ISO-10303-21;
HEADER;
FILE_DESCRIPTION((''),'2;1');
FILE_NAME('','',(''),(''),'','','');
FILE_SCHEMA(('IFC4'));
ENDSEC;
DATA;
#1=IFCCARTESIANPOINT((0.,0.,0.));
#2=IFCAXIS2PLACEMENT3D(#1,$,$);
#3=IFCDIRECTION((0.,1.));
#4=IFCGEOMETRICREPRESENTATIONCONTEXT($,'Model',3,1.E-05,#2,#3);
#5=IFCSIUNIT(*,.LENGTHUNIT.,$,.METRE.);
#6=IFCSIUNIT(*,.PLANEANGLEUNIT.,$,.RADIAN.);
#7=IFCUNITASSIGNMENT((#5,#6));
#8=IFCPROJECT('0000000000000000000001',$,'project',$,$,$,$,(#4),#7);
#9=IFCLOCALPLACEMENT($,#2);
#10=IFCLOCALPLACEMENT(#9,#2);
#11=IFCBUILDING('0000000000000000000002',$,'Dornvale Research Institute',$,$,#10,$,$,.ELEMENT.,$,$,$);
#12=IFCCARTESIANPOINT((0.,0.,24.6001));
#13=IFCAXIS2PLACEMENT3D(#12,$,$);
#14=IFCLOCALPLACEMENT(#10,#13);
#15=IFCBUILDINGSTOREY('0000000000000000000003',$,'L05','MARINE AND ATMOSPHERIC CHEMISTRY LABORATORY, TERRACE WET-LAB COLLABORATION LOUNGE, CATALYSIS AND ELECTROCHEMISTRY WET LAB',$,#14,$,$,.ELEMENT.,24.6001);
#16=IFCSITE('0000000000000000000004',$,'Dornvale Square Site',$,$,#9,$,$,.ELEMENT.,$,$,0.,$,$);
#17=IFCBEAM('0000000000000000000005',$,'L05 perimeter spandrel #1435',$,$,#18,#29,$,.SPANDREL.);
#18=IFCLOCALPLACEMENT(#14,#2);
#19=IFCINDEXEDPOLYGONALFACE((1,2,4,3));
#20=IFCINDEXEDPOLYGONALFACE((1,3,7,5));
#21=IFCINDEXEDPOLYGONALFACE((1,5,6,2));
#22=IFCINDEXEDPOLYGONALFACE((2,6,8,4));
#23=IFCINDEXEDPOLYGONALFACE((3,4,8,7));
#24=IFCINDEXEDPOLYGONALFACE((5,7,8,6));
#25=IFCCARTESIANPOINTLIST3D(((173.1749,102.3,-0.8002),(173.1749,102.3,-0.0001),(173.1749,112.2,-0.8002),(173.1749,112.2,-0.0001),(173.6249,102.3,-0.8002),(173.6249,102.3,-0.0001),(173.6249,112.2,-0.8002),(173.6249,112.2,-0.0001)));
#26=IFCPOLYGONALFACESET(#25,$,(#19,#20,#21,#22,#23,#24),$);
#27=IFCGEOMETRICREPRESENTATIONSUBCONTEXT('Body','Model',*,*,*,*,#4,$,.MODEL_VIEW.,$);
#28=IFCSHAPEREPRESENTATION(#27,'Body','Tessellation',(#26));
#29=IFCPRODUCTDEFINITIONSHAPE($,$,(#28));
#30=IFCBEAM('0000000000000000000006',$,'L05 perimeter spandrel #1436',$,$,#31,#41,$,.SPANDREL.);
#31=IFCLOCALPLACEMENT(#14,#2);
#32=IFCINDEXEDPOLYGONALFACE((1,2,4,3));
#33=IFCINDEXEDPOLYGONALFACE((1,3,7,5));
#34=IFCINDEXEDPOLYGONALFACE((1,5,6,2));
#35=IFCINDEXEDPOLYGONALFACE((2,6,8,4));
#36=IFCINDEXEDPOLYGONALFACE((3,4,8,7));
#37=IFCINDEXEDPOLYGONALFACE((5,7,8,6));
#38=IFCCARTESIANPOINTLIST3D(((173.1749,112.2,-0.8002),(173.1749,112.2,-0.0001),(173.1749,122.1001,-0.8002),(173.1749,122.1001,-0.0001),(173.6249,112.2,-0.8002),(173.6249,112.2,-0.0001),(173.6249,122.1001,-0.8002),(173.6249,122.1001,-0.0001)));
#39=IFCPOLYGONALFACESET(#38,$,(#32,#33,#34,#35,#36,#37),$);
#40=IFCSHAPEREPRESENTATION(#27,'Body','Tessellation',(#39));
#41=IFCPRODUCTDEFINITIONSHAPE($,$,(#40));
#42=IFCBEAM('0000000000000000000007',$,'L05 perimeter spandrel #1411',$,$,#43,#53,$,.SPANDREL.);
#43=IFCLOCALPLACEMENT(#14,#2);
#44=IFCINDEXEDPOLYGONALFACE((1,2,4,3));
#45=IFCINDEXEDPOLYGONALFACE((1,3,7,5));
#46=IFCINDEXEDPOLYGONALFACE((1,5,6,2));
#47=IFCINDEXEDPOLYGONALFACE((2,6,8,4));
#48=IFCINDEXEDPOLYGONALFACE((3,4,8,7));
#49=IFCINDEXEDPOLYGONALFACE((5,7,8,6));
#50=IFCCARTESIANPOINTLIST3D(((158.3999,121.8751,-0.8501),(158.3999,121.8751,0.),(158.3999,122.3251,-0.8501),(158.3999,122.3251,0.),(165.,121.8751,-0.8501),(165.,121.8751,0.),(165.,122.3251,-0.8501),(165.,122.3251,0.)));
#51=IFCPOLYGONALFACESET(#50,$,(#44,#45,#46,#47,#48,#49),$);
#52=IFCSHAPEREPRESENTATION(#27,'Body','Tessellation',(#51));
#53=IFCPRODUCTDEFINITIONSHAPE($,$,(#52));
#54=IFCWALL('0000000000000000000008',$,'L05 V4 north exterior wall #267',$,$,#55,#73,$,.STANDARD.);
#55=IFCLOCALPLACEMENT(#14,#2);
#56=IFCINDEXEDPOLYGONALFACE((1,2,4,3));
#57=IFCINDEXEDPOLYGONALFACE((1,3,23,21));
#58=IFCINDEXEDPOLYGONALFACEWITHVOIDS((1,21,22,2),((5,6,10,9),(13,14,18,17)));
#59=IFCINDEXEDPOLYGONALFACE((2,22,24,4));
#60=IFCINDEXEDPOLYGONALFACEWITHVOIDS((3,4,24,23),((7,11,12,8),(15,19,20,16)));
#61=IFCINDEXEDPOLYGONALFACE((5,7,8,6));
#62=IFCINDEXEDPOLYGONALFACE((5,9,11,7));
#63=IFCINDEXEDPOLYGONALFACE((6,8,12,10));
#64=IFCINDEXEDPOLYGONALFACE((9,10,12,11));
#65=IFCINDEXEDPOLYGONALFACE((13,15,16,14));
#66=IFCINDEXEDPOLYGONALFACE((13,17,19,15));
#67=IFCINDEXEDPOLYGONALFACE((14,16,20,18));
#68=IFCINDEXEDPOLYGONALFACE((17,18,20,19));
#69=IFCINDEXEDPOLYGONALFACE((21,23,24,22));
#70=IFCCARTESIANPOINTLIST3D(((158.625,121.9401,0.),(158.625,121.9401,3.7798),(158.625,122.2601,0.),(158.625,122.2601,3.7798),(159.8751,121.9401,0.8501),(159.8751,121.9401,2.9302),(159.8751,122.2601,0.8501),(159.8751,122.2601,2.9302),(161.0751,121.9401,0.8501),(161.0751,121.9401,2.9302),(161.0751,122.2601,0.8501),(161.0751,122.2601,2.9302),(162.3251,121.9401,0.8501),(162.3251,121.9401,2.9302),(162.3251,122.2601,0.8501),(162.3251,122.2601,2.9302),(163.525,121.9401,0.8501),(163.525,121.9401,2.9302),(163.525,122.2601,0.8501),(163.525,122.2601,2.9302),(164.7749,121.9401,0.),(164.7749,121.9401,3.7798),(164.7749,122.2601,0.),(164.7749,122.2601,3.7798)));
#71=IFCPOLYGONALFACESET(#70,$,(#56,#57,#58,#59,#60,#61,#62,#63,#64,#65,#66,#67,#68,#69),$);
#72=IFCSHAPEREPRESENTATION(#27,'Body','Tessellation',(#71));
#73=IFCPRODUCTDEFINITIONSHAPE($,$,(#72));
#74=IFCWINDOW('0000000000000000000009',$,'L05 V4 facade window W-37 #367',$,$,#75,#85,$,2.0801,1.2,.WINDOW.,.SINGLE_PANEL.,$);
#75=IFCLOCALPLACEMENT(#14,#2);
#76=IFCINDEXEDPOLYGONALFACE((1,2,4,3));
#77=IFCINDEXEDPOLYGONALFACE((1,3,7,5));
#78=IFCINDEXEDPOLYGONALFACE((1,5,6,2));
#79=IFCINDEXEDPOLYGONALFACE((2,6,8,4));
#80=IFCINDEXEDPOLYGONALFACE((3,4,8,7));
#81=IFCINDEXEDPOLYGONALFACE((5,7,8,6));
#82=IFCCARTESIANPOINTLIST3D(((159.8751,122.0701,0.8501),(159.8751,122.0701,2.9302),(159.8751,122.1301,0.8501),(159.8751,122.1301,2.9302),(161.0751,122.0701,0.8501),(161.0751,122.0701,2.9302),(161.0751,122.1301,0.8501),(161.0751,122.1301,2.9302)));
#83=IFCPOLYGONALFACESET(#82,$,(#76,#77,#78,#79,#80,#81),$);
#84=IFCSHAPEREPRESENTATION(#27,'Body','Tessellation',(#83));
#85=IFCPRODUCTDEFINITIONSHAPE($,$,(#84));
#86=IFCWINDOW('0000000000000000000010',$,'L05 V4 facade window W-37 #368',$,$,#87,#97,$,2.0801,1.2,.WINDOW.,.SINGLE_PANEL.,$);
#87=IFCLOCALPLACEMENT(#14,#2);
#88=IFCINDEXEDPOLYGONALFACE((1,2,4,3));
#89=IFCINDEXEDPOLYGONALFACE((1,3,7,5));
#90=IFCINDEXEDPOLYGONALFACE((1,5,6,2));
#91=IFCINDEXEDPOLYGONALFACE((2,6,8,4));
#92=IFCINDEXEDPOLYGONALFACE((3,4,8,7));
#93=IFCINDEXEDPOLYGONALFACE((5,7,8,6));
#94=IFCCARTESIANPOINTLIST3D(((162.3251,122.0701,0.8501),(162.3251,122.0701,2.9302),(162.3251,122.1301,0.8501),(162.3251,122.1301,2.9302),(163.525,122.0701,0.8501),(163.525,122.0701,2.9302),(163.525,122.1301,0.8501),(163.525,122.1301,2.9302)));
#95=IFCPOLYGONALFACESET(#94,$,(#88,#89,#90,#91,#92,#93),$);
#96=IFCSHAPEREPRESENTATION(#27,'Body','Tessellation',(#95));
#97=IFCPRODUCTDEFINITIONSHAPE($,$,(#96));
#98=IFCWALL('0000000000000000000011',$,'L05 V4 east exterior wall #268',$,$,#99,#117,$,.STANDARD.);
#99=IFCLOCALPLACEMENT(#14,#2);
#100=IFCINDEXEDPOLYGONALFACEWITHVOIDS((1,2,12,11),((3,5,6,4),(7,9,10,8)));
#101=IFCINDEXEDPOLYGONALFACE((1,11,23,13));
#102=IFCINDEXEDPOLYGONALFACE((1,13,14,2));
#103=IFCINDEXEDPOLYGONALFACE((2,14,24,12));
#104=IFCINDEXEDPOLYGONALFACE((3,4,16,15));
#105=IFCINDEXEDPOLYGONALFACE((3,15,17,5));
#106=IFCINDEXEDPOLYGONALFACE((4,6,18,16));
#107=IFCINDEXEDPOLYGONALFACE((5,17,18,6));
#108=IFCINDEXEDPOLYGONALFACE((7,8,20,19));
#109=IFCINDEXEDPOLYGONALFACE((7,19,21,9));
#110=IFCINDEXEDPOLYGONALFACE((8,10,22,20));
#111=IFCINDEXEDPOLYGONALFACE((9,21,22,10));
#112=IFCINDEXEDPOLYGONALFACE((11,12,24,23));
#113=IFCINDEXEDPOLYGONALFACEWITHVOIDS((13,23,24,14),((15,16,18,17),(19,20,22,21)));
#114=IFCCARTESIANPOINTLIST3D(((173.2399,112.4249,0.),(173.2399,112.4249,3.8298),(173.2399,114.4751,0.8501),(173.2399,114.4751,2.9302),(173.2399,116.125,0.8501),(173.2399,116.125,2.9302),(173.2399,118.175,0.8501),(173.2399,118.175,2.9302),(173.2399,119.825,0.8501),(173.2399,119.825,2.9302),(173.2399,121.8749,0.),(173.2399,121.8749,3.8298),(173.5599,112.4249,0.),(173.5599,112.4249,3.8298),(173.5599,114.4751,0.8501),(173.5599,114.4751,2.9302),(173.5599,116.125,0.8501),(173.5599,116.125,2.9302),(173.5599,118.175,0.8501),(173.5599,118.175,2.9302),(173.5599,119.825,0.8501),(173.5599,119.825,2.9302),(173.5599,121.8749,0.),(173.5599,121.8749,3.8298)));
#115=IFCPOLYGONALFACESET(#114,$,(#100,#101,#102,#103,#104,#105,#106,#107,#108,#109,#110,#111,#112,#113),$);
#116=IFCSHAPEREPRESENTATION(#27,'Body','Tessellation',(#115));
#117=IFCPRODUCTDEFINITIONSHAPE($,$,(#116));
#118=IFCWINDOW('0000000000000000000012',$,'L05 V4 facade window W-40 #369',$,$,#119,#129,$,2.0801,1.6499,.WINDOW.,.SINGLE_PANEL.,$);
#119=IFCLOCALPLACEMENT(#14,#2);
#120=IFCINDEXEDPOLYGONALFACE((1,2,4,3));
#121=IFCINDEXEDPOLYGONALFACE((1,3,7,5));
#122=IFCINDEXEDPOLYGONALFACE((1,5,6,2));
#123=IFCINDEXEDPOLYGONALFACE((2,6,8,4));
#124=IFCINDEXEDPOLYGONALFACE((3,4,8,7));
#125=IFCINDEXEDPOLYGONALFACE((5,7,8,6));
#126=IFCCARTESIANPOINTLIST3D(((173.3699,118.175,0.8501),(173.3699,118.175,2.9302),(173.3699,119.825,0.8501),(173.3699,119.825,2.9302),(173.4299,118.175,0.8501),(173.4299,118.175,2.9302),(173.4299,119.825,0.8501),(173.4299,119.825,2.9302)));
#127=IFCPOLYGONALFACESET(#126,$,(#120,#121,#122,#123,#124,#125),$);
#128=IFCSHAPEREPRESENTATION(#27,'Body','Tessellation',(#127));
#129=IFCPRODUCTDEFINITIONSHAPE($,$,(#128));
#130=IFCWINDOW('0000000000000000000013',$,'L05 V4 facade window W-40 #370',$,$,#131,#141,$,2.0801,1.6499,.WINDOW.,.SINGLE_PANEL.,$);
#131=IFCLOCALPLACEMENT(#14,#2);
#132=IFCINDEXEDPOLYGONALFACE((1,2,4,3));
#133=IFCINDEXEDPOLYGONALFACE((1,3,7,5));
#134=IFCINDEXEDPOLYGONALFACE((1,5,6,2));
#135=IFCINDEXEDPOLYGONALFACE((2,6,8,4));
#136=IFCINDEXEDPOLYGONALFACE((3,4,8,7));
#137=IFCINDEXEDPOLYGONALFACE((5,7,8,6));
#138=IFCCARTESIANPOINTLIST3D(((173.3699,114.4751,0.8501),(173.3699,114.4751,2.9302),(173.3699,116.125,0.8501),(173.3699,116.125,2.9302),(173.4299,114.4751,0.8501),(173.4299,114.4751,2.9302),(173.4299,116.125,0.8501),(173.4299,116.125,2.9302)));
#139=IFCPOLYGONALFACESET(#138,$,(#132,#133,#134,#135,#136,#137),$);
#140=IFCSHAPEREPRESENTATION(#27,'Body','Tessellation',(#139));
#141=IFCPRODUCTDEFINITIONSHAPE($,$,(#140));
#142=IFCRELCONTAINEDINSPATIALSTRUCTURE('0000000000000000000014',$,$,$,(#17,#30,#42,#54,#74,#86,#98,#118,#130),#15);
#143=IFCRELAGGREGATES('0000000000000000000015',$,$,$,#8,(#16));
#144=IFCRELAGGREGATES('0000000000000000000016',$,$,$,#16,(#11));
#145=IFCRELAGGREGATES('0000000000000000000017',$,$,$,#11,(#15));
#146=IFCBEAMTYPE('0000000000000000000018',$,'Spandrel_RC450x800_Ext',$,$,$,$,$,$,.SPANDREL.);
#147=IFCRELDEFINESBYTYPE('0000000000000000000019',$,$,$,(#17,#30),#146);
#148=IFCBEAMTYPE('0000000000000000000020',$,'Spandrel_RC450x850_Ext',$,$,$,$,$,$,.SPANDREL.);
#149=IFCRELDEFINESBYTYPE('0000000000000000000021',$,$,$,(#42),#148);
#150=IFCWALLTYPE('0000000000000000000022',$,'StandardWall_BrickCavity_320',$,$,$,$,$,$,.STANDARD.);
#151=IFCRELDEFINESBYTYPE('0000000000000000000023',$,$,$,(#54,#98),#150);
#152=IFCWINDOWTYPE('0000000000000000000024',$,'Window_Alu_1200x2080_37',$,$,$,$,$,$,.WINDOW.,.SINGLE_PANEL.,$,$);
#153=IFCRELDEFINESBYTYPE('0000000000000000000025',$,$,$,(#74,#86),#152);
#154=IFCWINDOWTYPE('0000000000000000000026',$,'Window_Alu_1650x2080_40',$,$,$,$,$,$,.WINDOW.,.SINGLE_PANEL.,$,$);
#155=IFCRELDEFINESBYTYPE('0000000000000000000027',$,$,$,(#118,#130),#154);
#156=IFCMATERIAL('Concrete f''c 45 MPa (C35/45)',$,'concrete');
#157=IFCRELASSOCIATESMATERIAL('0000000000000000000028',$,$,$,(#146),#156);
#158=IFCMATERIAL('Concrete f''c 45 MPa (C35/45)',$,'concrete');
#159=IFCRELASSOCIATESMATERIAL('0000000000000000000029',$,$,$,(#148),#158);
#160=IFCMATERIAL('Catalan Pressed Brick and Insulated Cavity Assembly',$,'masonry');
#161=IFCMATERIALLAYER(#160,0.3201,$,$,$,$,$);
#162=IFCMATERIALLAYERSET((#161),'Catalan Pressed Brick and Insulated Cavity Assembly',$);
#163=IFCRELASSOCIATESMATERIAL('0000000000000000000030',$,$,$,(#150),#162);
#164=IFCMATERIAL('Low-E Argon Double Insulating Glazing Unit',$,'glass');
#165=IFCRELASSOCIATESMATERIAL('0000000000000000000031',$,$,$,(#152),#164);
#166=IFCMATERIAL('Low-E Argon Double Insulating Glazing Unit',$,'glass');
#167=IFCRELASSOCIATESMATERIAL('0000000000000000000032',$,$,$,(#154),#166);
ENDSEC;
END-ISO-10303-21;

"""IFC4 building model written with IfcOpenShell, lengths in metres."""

from ifc_helpers import new_model, si_unit, direction, frame, frame_2d, origin, origin_2d, place, context, subcontext, project, spatial, rectangle, extrude, material, layer, layer_set, material_profile, profile_set, type_object, element, fill, save


model = new_model("IFC4")

# Units and contexts
model_context = context("Model", 3, precision=1e-05, world=origin(), true_north=direction((0.0, 1.0)))
body_context = subcontext(model_context, "Body", "Model", "MODEL_VIEW")
ifc_project = project(units=[si_unit("LENGTHUNIT", "METRE"), si_unit("PLANEANGLEUNIT", "RADIAN")], contexts=[model_context])

# Site, building, storey
site_placement = place(None, origin())
site = spatial("IfcSite", under=ifc_project, at=site_placement, Name="Dornvale Square Site", CompositionType="ELEMENT", RefElevation=0.0)
building_placement = place(site_placement, origin())
building = spatial("IfcBuilding", under=site, at=building_placement, Name="Dornvale Research Institute", CompositionType="ELEMENT")
storey_placement = place(building_placement, frame((0.0, 0.0, 24.6001)))
storey = spatial("IfcBuildingStorey", under=building, at=storey_placement, Name="L05", Description="MARINE AND ATMOSPHERIC CHEMISTRY LABORATORY, TERRACE WET-LAB COLLABORATION LOUNGE, CATALYSIS AND ELECTROCHEMISTRY WET LAB", CompositionType="ELEMENT", Elevation=24.6001)

# Beams
ifc_material_1 = material(Name="Concrete f'c 45 MPa (C35/45)", Category="concrete")
ifc_material_profile_1 = material_profile(ifc_material_1, rectangle(XDim=0.45, YDim=0.8, at=origin_2d()), Name="RC 450x800")
ifc_profile_set_1 = profile_set([ifc_material_profile_1], Name="Concrete f'c 45 MPa (C35/45)")
beam_type_1 = type_object("IfcBeamType", Name="Spandrel_RC450x800_Ext", PredefinedType="SPANDREL", material=ifc_profile_set_1)
beam_1_placement = place(storey_placement, frame((173.3999, 102.3, -0.4001), z_axis=(0.0, 1.0, 0.0), x_axis=(-1.0, 0.0, 0.0)))
element("IfcBeam", 1, at=beam_1_placement, inside=storey, type_object=beam_type_1, Name="L05 perimeter spandrel #1435", PredefinedType="SPANDREL", context=body_context, shape_type="SweptSolid", body=[
    extrude(rectangle(XDim=0.45, YDim=0.8, at=origin_2d()), origin(), (0.0, 0.0, 1.0), 9.8999),
])
beam_2_placement = place(storey_placement, frame((173.3999, 112.2, -0.4001), z_axis=(0.0, 1.0, 0.0), x_axis=(-1.0, 0.0, 0.0)))
element("IfcBeam", 2, at=beam_2_placement, inside=storey, type_object=beam_type_1, Name="L05 perimeter spandrel #1436", PredefinedType="SPANDREL", context=body_context, shape_type="SweptSolid", body=[
    extrude(rectangle(XDim=0.45, YDim=0.8, at=origin_2d()), origin(), (0.0, 0.0, 1.0), 9.9001),
])
ifc_material_2 = material(Name="Concrete f'c 45 MPa (C35/45)", Category="concrete")
ifc_material_profile_2 = material_profile(ifc_material_2, rectangle(XDim=0.45, YDim=0.8501, at=origin_2d()), Name="RC 450x850")
ifc_profile_set_2 = profile_set([ifc_material_profile_2], Name="Concrete f'c 45 MPa (C35/45)")
beam_type_2 = type_object("IfcBeamType", Name="Spandrel_RC450x850_Ext", PredefinedType="SPANDREL", material=ifc_profile_set_2)
beam_3_placement = place(storey_placement, frame((158.3999, 122.1001, -0.425), z_axis=(1.0, 0.0, 0.0), x_axis=(0.0, 1.0, 0.0)))
element("IfcBeam", 3, at=beam_3_placement, inside=storey, type_object=beam_type_2, Name="L05 perimeter spandrel #1411", PredefinedType="SPANDREL", context=body_context, shape_type="SweptSolid", body=[
    extrude(rectangle(XDim=0.45, YDim=0.8501, at=origin_2d()), origin(), (0.0, 0.0, 1.0), 6.6001),
])

# Walls, openings, windows
ifc_material_3 = material(Name="Catalan Pressed Brick and Insulated Cavity Assembly", Category="masonry")
ifc_layer_1 = layer(ifc_material_3, 0.3201)
ifc_layer_set_1 = layer_set([ifc_layer_1], Name="Catalan Pressed Brick and Insulated Cavity Assembly")
wall_type = type_object("IfcWallType", Name="StandardWall_BrickCavity_320", PredefinedType="STANDARD", material=ifc_layer_set_1)
wall_1_placement = place(storey_placement, frame((158.625, 122.1001, 0.0), z_axis=(0.0, 0.0, 1.0), x_axis=(1.0, 0.0, 0.0)))
wall_1 = element("IfcWall", 4, at=wall_1_placement, inside=storey, type_object=wall_type, Name="L05 V4 north exterior wall #267", PredefinedType="STANDARD", context=body_context, shape_type="SweptSolid", body=[
    extrude(rectangle(XDim=6.1499, YDim=0.3201, at=frame_2d((3.075, 0.0))), origin(), (0.0, 0.0, 1.0), 3.7798),
])
opening_1_placement = place(wall_1_placement, frame((1.25, 0.0, 0.8501)))
opening_1 = element("IfcOpeningElement", 5, at=opening_1_placement, cuts=wall_1, PredefinedType="OPENING", context=body_context, shape_type="SweptSolid", body=[
    extrude(rectangle(XDim=1.2, YDim=2.0801, at=frame_2d((0.6001, 1.04))), frame((0.0, 0.175, 0.0), z_axis=(0.0, -1.0, 0.0), x_axis=(1.0, 0.0, 0.0)), (0.0, 0.0, 1.0), 0.3501),
])
opening_2_placement = place(wall_1_placement, frame((3.7, 0.0, 0.8501)))
opening_2 = element("IfcOpeningElement", 6, at=opening_2_placement, cuts=wall_1, PredefinedType="OPENING", context=body_context, shape_type="SweptSolid", body=[
    extrude(rectangle(XDim=1.2, YDim=2.0801, at=frame_2d((0.6001, 1.04))), frame((0.0, 0.175, 0.0), z_axis=(0.0, -1.0, 0.0), x_axis=(1.0, 0.0, 0.0)), (0.0, 0.0, 1.0), 0.3501),
])
ifc_material_4 = material(Name="Low-E Argon Double Insulating Glazing Unit", Category="glass")
window_type_1 = type_object("IfcWindowType", Name="Window_Alu_1200x2080_37", PartitioningType="SINGLE_PANEL", PredefinedType="WINDOW", material=ifc_material_4)
window_1_placement = place(opening_1_placement, origin())
window_1 = element("IfcWindow", 7, at=window_1_placement, inside=storey, type_object=window_type_1, Name="L05 V4 facade window W-37 #367", OverallHeight=2.0801, OverallWidth=1.2, PartitioningType="SINGLE_PANEL", PredefinedType="WINDOW", context=body_context, shape_type="SweptSolid", body=[
    extrude(rectangle(XDim=1.2, YDim=2.0801, at=frame_2d((0.6001, 1.04))), frame((0.0, 0.03, 0.0), z_axis=(0.0, -1.0, 0.0), x_axis=(1.0, 0.0, 0.0)), (0.0, 0.0, 1.0), 0.0601),
])
fill(opening_1, window_1)
window_2_placement = place(opening_2_placement, origin())
window_2 = element("IfcWindow", 8, at=window_2_placement, inside=storey, type_object=window_type_1, Name="L05 V4 facade window W-37 #368", OverallHeight=2.0801, OverallWidth=1.2, PartitioningType="SINGLE_PANEL", PredefinedType="WINDOW", context=body_context, shape_type="SweptSolid", body=[
    extrude(rectangle(XDim=1.2, YDim=2.0801, at=frame_2d((0.6001, 1.04))), frame((0.0, 0.03, 0.0), z_axis=(0.0, -1.0, 0.0), x_axis=(1.0, 0.0, 0.0)), (0.0, 0.0, 1.0), 0.0601),
])
fill(opening_2, window_2)
wall_2_placement = place(storey_placement, frame((173.3999, 121.875, 0.0), z_axis=(0.0, 0.0, 1.0), x_axis=(0.0, -1.0, 0.0)))
wall_2 = element("IfcWall", 9, at=wall_2_placement, inside=storey, type_object=wall_type, Name="L05 V4 east exterior wall #268", PredefinedType="STANDARD", context=body_context, shape_type="SweptSolid", body=[
    extrude(rectangle(XDim=9.45, YDim=0.3201, at=frame_2d((4.7251, 0.0))), origin(), (0.0, 0.0, 1.0), 3.8298),
])
opening_3_placement = place(wall_2_placement, frame((2.05, 0.0, 0.8501)))
opening_3 = element("IfcOpeningElement", 10, at=opening_3_placement, cuts=wall_2, PredefinedType="OPENING", context=body_context, shape_type="SweptSolid", body=[
    extrude(rectangle(XDim=1.6499, YDim=2.0801, at=frame_2d((0.825, 1.04))), frame((0.0, 0.175, 0.0), z_axis=(0.0, -1.0, 0.0), x_axis=(1.0, 0.0, 0.0)), (0.0, 0.0, 1.0), 0.3501),
])
opening_4_placement = place(wall_2_placement, frame((5.75, 0.0, 0.8501)))
opening_4 = element("IfcOpeningElement", 11, at=opening_4_placement, cuts=wall_2, PredefinedType="OPENING", context=body_context, shape_type="SweptSolid", body=[
    extrude(rectangle(XDim=1.6499, YDim=2.0801, at=frame_2d((0.825, 1.04))), frame((0.0, 0.175, 0.0), z_axis=(0.0, -1.0, 0.0), x_axis=(1.0, 0.0, 0.0)), (0.0, 0.0, 1.0), 0.3501),
])
ifc_material_5 = material(Name="Low-E Argon Double Insulating Glazing Unit", Category="glass")
window_type_2 = type_object("IfcWindowType", Name="Window_Alu_1650x2080_40", PartitioningType="SINGLE_PANEL", PredefinedType="WINDOW", material=ifc_material_5)
window_3_placement = place(opening_3_placement, origin())
window_3 = element("IfcWindow", 12, at=window_3_placement, inside=storey, type_object=window_type_2, Name="L05 V4 facade window W-40 #369", OverallHeight=2.0801, OverallWidth=1.6499, PartitioningType="SINGLE_PANEL", PredefinedType="WINDOW", context=body_context, shape_type="SweptSolid", body=[
    extrude(rectangle(XDim=1.6499, YDim=2.0801, at=frame_2d((0.825, 1.04))), frame((0.0, 0.03, 0.0), z_axis=(0.0, -1.0, 0.0), x_axis=(1.0, 0.0, 0.0)), (0.0, 0.0, 1.0), 0.0601),
])
fill(opening_3, window_3)
window_4_placement = place(opening_4_placement, origin())
window_4 = element("IfcWindow", 13, at=window_4_placement, inside=storey, type_object=window_type_2, Name="L05 V4 facade window W-40 #370", OverallHeight=2.0801, OverallWidth=1.6499, PartitioningType="SINGLE_PANEL", PredefinedType="WINDOW", context=body_context, shape_type="SweptSolid", body=[
    extrude(rectangle(XDim=1.6499, YDim=2.0801, at=frame_2d((0.825, 1.04))), frame((0.0, 0.03, 0.0), z_axis=(0.0, -1.0, 0.0), x_axis=(1.0, 0.0, 0.0)), (0.0, 0.0, 1.0), 0.0601),
])
fill(opening_4, window_4)

save(model, "model.ifc")
